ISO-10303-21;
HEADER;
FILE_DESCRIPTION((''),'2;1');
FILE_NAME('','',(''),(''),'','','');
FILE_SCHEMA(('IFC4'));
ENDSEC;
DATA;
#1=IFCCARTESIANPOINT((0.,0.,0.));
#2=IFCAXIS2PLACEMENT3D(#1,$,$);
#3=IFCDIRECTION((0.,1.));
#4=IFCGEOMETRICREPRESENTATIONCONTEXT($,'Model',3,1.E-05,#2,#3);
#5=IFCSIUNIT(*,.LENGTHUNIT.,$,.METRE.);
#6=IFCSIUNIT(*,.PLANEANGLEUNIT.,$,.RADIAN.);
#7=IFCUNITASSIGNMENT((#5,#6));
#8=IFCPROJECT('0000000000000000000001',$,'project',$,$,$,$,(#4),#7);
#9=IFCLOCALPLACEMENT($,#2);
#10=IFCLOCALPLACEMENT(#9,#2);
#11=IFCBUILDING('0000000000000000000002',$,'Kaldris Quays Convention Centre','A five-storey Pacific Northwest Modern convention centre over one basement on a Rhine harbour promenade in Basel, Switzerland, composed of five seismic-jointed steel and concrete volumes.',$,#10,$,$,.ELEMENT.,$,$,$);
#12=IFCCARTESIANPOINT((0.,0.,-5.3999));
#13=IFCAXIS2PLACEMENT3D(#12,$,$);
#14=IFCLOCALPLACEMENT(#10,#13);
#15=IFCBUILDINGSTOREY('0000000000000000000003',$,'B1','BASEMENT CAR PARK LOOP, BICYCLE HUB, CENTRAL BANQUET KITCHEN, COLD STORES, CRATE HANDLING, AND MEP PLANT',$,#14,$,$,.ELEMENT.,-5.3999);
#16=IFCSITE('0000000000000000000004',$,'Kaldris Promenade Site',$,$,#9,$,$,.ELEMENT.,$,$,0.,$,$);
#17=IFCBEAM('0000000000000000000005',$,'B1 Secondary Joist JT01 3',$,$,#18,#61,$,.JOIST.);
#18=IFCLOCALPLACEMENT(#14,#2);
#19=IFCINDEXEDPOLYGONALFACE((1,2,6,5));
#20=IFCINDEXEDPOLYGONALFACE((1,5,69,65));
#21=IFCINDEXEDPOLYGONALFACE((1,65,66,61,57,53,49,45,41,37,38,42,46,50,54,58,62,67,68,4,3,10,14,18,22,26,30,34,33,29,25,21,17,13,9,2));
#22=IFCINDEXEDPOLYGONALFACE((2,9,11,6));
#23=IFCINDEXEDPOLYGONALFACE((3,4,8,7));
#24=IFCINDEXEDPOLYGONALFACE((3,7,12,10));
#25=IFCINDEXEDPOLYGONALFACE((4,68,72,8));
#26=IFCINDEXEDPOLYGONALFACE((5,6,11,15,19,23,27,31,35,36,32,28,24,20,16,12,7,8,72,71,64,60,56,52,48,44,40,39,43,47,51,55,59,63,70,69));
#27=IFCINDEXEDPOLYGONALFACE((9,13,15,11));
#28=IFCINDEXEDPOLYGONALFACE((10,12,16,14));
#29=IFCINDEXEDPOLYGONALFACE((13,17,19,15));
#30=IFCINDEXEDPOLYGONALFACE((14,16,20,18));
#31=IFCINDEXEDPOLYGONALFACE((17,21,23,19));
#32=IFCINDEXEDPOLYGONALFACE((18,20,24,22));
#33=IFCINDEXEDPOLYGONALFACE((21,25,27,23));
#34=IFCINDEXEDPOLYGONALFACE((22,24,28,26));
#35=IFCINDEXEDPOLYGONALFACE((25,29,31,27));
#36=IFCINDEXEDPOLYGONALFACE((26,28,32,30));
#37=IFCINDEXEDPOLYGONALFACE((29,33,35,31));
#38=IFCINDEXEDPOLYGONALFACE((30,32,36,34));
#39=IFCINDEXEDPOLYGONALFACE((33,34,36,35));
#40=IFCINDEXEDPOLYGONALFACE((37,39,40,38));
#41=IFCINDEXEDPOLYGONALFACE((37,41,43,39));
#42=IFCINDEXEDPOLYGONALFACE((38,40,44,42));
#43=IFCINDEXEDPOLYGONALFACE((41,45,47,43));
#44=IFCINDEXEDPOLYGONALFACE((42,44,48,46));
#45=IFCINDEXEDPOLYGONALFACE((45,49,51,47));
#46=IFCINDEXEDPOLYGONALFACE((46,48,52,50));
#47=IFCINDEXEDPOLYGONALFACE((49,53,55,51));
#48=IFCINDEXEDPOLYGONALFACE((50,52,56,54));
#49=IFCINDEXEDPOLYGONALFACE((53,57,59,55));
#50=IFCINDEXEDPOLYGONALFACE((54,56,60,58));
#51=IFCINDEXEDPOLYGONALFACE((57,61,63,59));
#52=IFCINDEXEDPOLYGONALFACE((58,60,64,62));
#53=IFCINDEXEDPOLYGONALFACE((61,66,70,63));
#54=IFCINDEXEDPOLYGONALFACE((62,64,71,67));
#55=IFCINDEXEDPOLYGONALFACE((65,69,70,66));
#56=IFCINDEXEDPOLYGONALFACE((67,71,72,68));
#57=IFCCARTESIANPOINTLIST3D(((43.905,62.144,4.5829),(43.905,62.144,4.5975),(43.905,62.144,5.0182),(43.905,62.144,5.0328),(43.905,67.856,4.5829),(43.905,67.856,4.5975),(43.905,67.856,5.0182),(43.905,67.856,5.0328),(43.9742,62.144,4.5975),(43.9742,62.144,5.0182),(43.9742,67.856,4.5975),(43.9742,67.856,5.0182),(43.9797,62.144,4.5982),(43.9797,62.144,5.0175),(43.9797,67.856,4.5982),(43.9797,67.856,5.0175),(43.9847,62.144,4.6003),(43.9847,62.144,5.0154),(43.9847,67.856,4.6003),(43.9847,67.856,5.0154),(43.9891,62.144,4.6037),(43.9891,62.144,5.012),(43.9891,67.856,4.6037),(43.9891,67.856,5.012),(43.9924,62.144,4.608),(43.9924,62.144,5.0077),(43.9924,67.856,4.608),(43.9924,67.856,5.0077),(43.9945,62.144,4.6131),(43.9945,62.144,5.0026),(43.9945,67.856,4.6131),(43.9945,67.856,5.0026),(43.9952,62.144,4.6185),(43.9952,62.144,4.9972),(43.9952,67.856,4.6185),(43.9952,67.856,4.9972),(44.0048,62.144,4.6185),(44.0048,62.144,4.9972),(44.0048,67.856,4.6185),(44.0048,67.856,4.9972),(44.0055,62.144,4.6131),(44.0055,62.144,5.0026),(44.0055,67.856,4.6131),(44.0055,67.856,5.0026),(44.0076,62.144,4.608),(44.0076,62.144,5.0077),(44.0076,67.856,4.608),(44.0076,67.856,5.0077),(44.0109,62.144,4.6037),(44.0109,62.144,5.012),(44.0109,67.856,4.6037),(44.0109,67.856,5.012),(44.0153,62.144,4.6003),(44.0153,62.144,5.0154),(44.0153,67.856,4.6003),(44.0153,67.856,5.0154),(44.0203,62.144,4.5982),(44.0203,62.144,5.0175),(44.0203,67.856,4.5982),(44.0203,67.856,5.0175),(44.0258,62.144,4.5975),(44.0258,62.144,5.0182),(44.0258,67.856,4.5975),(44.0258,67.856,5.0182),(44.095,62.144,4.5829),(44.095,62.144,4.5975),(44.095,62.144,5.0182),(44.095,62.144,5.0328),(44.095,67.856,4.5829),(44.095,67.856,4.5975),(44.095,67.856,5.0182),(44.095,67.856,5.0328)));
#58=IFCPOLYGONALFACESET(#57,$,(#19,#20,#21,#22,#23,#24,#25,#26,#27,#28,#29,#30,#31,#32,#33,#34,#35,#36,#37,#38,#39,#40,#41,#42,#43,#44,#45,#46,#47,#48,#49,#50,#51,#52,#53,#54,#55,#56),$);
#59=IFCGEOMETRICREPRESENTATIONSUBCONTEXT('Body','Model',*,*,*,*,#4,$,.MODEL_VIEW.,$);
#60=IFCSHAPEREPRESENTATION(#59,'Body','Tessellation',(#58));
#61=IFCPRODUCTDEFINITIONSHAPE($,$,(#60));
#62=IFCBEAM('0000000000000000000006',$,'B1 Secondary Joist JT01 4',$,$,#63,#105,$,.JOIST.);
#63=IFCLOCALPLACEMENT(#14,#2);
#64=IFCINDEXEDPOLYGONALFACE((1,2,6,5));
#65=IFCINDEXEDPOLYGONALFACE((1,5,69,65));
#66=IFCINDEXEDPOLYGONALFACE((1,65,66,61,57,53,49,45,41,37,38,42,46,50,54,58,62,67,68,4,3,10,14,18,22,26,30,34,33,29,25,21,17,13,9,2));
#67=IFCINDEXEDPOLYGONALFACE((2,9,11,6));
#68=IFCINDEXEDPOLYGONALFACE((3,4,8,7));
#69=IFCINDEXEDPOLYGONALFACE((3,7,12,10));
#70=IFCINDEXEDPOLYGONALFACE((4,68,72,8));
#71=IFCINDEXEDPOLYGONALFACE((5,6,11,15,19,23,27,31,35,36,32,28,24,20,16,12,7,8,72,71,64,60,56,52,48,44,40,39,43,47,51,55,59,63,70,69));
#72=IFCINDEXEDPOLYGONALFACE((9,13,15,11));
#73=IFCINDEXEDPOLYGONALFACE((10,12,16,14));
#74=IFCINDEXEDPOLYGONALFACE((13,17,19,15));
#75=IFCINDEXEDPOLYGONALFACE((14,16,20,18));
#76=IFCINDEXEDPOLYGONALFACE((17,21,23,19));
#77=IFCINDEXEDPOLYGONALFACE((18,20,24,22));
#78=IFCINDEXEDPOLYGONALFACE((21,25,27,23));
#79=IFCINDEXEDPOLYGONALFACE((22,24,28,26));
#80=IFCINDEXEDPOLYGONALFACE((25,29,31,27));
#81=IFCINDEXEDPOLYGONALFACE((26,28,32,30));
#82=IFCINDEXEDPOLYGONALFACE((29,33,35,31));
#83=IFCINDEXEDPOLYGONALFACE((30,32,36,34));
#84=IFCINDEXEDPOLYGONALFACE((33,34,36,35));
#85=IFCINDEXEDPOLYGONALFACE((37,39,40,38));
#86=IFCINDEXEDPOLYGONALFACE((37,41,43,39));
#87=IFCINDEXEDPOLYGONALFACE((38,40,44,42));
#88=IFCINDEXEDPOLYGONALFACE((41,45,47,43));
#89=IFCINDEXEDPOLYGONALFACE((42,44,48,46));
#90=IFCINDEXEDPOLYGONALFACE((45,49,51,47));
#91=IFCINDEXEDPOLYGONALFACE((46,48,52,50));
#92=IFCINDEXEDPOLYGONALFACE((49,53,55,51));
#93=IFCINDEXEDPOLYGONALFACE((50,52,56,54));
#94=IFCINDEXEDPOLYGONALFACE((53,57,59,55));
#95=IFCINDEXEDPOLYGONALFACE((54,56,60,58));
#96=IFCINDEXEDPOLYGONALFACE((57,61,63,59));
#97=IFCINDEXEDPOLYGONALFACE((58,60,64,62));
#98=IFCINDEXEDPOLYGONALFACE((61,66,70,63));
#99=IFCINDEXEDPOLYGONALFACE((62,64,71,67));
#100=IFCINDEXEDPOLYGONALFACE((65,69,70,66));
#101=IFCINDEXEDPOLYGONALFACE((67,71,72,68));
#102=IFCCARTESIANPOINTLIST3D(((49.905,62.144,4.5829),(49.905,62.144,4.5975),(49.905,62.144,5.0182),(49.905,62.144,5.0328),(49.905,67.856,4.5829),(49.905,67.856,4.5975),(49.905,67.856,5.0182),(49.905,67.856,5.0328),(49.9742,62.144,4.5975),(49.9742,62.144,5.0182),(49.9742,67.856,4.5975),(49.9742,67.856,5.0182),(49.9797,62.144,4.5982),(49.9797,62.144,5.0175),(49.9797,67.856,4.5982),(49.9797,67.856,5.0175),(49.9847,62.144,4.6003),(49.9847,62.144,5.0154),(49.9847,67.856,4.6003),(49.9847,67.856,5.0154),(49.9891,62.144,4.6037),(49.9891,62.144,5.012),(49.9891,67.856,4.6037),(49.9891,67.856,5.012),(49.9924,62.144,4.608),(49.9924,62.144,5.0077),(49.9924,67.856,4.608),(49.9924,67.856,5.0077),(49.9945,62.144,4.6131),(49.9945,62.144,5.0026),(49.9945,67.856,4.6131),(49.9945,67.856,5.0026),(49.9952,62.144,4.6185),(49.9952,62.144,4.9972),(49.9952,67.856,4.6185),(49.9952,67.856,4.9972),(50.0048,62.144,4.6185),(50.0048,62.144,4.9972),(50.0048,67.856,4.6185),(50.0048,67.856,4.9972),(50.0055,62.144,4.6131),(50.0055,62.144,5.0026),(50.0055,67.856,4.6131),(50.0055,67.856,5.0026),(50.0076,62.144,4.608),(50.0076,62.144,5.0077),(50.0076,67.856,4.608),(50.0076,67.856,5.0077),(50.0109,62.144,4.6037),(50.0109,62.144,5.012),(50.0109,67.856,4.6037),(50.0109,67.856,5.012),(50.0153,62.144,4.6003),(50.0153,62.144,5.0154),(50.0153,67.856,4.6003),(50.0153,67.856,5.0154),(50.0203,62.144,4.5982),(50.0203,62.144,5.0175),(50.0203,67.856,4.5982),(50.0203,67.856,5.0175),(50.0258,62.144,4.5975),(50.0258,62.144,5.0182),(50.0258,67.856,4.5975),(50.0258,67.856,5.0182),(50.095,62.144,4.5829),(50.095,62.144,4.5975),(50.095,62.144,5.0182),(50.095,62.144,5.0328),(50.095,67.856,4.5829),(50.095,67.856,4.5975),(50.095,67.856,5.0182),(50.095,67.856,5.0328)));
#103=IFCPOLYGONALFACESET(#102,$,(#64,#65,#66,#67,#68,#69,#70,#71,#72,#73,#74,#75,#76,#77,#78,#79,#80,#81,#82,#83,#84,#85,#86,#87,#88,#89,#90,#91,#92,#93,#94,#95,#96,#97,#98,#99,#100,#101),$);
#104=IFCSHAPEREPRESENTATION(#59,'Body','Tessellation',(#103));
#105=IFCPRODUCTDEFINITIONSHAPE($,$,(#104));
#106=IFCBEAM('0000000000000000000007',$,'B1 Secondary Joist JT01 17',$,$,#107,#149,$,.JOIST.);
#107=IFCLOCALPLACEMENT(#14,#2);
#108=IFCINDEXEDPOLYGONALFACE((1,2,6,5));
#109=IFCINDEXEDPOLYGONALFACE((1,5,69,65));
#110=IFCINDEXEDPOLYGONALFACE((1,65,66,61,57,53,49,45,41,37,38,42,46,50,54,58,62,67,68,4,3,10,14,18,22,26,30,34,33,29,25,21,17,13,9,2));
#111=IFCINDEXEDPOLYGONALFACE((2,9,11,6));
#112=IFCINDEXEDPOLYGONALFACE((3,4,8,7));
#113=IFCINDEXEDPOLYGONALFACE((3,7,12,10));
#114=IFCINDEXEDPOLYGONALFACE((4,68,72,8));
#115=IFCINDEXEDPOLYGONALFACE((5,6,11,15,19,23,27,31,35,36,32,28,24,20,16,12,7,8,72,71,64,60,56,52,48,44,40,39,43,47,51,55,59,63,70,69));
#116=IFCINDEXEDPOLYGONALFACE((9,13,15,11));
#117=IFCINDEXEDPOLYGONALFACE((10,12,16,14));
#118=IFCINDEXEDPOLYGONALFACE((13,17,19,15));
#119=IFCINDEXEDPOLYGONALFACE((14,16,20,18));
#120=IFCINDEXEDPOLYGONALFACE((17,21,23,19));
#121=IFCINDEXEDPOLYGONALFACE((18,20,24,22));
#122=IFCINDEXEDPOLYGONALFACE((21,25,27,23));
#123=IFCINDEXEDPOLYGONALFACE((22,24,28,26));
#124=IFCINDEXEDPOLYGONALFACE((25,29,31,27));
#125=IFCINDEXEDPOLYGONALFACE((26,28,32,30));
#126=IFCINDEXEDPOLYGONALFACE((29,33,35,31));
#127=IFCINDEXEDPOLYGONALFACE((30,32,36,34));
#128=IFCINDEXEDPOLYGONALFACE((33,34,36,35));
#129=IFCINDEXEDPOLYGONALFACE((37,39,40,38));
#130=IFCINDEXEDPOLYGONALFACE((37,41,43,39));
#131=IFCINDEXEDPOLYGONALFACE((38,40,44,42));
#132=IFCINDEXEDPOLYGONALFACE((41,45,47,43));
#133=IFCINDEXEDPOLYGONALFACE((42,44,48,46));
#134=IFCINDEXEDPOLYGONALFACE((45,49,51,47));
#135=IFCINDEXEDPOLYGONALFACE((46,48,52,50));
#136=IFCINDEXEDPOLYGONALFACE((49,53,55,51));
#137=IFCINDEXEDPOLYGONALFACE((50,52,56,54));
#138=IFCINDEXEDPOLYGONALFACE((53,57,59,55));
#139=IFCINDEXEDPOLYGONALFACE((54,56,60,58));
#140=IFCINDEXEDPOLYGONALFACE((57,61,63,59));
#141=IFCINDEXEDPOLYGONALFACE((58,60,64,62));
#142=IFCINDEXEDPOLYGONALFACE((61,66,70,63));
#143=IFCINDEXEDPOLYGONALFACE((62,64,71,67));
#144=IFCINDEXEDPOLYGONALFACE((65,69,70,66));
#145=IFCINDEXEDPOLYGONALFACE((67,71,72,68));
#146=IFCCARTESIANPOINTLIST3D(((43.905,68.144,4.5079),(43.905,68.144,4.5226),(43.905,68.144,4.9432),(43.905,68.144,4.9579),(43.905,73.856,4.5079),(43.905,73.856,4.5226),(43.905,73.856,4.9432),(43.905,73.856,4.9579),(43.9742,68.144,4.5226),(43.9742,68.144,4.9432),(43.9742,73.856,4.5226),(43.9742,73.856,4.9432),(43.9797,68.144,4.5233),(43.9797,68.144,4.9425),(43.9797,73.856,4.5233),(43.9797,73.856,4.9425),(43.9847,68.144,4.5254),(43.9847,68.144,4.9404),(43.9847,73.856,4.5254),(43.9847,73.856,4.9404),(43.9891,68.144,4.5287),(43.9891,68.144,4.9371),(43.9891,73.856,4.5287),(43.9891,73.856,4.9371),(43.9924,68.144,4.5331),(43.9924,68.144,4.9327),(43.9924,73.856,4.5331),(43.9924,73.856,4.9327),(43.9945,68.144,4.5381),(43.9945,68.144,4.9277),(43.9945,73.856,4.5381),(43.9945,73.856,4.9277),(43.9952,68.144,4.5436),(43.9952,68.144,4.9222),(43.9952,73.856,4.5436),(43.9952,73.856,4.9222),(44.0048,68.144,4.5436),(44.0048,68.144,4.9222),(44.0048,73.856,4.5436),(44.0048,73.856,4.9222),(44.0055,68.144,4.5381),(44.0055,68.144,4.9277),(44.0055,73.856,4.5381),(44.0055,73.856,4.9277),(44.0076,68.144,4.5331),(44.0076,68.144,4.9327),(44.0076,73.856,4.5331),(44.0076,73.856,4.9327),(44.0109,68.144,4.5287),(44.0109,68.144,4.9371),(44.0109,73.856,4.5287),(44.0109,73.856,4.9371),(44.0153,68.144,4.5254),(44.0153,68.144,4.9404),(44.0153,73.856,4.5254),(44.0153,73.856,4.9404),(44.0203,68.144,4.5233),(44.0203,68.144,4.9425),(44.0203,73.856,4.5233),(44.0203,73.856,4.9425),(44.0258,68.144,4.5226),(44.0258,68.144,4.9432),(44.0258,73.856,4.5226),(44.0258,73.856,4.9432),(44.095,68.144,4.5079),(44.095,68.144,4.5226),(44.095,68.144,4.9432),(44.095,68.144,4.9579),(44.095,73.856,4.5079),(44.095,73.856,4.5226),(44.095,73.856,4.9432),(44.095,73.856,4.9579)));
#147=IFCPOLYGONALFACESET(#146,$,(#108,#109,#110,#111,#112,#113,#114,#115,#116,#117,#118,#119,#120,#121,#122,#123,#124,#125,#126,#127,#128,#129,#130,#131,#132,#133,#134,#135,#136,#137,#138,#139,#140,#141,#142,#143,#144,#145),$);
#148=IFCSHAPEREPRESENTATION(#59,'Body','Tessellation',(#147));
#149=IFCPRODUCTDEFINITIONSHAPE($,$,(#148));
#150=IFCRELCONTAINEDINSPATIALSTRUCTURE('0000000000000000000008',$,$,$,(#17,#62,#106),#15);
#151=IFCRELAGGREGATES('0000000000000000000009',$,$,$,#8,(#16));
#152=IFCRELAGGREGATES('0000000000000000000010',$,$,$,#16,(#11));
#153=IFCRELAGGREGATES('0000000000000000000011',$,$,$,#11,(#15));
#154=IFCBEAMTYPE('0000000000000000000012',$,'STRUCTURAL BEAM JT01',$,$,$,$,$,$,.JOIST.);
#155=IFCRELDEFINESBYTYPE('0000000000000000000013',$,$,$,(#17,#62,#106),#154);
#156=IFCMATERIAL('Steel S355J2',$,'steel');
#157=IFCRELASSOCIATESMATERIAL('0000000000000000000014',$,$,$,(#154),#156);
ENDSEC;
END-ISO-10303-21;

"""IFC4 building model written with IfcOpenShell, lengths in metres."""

from ifc_helpers import new_model, si_unit, direction, frame, origin, origin_2d, place, context, subcontext, project, spatial, i_section, extrude, material, material_profile, profile_set, type_object, element, save


model = new_model("IFC4")

# Units and contexts
model_context = context("Model", 3, precision=1e-05, world=origin(), true_north=direction((0.0, 1.0)))
body_context = subcontext(model_context, "Body", "Model", "MODEL_VIEW")
ifc_project = project(units=[si_unit("LENGTHUNIT", "METRE"), si_unit("PLANEANGLEUNIT", "RADIAN")], contexts=[model_context])

# Site, building, storey
site_placement = place(None, origin())
site = spatial("IfcSite", under=ifc_project, at=site_placement, Name="Kaldris Promenade Site", CompositionType="ELEMENT", RefElevation=0.0)
building_placement = place(site_placement, origin())
building = spatial("IfcBuilding", under=site, at=building_placement, Name="Kaldris Quays Convention Centre", Description="A five-storey Pacific Northwest Modern convention centre over one basement on a Rhine harbour promenade in Basel, Switzerland, composed of five seismic-jointed steel and concrete volumes.", CompositionType="ELEMENT")
storey_placement = place(building_placement, frame((0.0, 0.0, -5.3999)))
storey = spatial("IfcBuildingStorey", under=building, at=storey_placement, Name="B1", Description="BASEMENT CAR PARK LOOP, BICYCLE HUB, CENTRAL BANQUET KITCHEN, COLD STORES, CRATE HANDLING, AND MEP PLANT", CompositionType="ELEMENT", Elevation=-5.3999)

# Shared definitions
ifc_material_1 = material(Name="Steel S355J2", Category="steel")

# Beams
ifc_material_profile_1 = material_profile(ifc_material_1, i_section(OverallWidth=0.1899, OverallDepth=0.45, WebThickness=0.0095, FlangeThickness=0.0146, FilletRadius=0.021, at=origin_2d()), Name="IPE 450")
ifc_profile_set_1 = profile_set([ifc_material_profile_1], Name="Steel S355J2")
beam_type_1 = type_object("IfcBeamType", Name="STRUCTURAL BEAM JT01", PredefinedType="JOIST", material=ifc_profile_set_1)
for number, where, z_axis, x_axis, name in (
    (1, (44.0, 62.144, 4.8079), (0.0, 1.0, 0.0), (-1.0, 0.0, 0.0), "B1 Secondary Joist JT01 3"),
    (2, (50.0, 62.144, 4.8079), (0.0, 1.0, 0.0), (-1.0, 0.0, 0.0), "B1 Secondary Joist JT01 4"),
    (3, (44.0, 68.144, 4.7329), (0.0, 1.0, 0.0), (-1.0, 0.0, 0.0), "B1 Secondary Joist JT01 17"),
):
    element("IfcBeam", number, at=place(storey_placement, frame(where, z_axis=z_axis, x_axis=x_axis)), inside=storey, type_object=beam_type_1, Name=name, PredefinedType="JOIST", context=body_context, shape_type="SweptSolid", body=[
        extrude(i_section(OverallWidth=0.1899, OverallDepth=0.45, WebThickness=0.0095, FlangeThickness=0.0146, FilletRadius=0.021, at=origin_2d()), origin(), (0.0, 0.0, 1.0), 5.7119),
    ])

save(model, "model.ifc")
